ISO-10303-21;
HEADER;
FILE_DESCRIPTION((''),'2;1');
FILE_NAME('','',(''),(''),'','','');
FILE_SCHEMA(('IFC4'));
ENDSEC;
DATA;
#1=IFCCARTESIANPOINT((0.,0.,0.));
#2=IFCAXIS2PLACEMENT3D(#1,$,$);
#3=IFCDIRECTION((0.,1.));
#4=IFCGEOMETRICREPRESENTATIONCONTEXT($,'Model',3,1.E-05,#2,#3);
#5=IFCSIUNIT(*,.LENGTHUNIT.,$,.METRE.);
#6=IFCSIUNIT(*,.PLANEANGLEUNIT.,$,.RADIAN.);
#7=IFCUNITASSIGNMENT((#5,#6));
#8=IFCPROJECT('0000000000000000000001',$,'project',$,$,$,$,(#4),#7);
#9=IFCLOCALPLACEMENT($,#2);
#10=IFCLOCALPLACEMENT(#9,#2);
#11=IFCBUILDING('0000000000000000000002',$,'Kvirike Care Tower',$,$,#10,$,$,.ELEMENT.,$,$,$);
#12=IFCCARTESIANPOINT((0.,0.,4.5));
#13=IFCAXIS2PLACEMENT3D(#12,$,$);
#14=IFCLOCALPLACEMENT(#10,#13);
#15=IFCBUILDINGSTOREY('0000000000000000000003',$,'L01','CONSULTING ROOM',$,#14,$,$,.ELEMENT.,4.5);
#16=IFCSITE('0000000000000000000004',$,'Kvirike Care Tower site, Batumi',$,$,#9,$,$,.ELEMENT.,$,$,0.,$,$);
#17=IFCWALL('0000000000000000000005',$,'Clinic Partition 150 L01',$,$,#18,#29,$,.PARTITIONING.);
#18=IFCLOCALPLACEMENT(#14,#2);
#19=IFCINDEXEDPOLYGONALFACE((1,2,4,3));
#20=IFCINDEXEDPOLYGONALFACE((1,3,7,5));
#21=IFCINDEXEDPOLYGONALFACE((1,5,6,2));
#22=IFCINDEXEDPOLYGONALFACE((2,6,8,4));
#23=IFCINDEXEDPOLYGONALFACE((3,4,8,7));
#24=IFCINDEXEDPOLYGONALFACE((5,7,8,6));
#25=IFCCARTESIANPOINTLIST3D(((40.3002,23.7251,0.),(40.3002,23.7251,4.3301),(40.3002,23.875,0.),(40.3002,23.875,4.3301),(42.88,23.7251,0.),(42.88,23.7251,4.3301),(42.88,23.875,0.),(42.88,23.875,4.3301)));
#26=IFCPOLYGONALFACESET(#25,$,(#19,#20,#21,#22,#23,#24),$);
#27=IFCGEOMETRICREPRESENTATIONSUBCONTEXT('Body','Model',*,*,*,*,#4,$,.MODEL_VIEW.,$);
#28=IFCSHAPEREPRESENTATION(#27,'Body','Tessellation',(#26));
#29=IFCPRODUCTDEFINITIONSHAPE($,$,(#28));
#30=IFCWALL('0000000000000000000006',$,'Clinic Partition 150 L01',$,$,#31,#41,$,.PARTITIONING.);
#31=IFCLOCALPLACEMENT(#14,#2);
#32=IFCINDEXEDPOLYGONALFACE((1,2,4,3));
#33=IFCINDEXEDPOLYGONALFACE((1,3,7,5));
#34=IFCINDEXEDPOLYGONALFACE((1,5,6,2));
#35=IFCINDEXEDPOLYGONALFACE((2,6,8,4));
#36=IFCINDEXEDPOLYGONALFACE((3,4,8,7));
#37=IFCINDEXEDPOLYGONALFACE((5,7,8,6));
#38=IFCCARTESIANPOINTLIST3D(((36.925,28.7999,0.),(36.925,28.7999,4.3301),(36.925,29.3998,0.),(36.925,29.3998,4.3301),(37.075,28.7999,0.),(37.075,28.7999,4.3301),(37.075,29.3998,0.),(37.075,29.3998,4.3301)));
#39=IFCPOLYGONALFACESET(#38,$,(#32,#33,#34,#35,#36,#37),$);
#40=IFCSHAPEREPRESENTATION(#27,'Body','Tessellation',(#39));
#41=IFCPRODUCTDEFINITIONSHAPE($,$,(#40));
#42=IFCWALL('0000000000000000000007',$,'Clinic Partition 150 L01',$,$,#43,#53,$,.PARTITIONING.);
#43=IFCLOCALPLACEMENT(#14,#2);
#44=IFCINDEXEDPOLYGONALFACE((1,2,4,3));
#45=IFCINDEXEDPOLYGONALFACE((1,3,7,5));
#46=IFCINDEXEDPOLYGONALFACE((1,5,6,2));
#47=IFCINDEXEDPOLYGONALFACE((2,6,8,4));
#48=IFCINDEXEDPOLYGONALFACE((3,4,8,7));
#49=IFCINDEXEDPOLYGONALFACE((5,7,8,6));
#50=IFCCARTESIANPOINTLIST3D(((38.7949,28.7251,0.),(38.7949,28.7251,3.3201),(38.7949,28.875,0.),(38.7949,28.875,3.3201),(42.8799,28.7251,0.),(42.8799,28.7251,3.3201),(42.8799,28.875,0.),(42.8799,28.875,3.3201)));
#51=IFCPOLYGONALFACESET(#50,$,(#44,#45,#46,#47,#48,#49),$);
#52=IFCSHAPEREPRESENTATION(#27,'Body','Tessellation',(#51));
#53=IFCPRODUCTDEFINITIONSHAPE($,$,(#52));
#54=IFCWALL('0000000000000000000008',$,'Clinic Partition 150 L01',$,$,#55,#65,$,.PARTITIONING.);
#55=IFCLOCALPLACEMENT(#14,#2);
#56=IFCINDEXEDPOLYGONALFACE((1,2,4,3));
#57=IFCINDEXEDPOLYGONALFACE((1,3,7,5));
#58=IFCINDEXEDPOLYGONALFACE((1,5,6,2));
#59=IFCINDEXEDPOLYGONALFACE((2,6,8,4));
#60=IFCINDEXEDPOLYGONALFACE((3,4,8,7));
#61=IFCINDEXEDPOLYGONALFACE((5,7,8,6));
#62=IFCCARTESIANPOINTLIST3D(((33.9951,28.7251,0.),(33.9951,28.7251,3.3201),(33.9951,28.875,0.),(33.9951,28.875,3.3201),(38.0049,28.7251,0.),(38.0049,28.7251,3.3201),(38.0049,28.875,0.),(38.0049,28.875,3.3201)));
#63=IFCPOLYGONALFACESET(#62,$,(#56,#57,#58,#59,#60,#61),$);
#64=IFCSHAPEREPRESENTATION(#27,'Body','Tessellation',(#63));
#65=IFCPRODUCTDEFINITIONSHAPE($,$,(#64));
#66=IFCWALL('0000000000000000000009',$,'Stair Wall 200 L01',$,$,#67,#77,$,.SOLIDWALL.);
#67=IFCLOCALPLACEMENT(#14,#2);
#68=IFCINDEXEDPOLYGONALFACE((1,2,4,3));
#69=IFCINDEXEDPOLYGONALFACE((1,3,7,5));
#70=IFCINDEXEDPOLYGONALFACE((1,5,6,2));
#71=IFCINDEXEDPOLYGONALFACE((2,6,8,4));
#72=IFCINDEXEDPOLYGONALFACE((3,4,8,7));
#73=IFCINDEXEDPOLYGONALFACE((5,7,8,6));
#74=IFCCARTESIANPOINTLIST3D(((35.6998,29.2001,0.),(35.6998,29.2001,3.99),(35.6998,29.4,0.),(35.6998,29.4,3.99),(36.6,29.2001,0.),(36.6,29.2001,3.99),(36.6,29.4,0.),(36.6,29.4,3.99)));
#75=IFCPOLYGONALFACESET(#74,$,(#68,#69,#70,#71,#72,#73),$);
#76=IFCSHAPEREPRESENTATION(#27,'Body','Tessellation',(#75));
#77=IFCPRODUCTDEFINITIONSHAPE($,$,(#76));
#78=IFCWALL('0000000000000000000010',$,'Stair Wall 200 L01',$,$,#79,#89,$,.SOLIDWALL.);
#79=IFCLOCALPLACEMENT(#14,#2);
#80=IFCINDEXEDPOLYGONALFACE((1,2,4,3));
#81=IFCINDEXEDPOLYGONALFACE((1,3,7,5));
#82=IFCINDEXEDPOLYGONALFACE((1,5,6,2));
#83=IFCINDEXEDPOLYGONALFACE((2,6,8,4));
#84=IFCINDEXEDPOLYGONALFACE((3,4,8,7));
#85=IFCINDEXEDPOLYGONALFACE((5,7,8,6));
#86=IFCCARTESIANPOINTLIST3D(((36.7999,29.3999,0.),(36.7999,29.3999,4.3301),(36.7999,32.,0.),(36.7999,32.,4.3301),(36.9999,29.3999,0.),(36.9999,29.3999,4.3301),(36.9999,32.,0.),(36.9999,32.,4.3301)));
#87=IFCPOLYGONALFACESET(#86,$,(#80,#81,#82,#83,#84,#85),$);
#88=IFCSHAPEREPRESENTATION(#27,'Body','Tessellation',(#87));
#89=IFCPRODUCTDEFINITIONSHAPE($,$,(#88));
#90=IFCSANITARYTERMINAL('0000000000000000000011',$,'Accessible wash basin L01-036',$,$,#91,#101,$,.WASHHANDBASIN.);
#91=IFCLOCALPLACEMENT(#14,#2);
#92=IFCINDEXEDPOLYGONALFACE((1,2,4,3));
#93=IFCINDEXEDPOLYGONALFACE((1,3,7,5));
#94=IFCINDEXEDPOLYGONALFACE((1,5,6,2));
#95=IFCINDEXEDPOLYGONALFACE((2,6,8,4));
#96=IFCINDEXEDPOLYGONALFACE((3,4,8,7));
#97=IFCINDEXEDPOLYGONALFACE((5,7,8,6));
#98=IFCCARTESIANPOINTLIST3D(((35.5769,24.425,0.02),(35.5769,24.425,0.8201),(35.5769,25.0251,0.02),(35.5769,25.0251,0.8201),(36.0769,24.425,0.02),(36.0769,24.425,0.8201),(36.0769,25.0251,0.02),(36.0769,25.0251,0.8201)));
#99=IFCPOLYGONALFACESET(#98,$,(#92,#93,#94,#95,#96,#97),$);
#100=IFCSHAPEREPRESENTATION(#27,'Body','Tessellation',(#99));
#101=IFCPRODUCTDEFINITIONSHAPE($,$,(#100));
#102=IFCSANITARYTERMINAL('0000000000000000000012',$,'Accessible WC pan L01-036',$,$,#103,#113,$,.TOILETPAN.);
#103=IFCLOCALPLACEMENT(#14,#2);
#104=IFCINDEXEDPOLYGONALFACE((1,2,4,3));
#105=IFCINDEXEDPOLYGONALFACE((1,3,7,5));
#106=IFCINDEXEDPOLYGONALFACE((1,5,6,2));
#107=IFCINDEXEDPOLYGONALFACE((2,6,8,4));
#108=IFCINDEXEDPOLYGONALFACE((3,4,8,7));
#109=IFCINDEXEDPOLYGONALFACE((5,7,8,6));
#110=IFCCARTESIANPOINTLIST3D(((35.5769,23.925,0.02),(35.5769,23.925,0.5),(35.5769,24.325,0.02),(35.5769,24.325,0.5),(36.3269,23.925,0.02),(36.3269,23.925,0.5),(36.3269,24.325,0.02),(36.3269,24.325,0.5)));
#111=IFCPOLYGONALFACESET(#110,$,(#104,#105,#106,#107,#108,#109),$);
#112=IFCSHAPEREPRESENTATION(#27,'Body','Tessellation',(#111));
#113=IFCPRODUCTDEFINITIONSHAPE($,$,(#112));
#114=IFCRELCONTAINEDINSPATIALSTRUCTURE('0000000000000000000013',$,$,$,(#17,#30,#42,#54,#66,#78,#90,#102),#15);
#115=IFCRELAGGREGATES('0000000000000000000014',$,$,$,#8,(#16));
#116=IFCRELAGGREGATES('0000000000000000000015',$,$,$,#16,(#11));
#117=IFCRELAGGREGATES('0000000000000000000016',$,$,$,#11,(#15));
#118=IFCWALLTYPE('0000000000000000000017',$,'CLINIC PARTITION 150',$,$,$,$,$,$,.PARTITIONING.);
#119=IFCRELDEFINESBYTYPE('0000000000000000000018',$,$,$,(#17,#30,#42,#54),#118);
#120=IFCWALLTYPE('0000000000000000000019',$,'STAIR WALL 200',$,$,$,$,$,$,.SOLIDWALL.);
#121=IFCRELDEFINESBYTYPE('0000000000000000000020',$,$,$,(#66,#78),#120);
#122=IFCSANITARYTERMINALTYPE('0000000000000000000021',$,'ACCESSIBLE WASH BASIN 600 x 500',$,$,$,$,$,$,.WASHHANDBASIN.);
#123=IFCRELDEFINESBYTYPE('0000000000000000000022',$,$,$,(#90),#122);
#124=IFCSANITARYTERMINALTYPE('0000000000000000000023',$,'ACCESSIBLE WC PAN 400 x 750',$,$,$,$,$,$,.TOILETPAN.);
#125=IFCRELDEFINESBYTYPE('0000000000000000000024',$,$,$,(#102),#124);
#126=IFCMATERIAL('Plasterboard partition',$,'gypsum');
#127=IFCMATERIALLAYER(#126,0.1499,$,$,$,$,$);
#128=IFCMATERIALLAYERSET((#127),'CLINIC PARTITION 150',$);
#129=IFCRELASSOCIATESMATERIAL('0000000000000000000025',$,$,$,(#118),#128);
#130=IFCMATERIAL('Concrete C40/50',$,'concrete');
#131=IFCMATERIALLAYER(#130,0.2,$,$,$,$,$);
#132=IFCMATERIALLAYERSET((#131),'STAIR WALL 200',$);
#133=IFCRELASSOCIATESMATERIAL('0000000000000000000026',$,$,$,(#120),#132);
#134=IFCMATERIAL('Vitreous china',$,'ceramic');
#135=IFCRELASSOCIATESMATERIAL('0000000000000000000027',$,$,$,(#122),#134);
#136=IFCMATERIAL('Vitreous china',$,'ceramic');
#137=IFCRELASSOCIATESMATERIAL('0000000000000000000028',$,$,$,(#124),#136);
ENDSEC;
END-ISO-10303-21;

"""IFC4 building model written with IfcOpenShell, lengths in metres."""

from ifc_helpers import new_model, si_unit, direction, frame, frame_2d, origin, origin_2d, place, context, subcontext, project, spatial, rectangle, extrude, material, layer, layer_set, type_object, element, save


model = new_model("IFC4")

# Units and contexts
model_context = context("Model", 3, precision=1e-05, world=origin(), true_north=direction((0.0, 1.0)))
body_context = subcontext(model_context, "Body", "Model", "MODEL_VIEW")
ifc_project = project(units=[si_unit("LENGTHUNIT", "METRE"), si_unit("PLANEANGLEUNIT", "RADIAN")], contexts=[model_context])

# Site, building, storey
site_placement = place(None, origin())
site = spatial("IfcSite", under=ifc_project, at=site_placement, Name="Kvirike Care Tower site, Batumi", CompositionType="ELEMENT", RefElevation=0.0)
building_placement = place(site_placement, origin())
building = spatial("IfcBuilding", under=site, at=building_placement, Name="Kvirike Care Tower", CompositionType="ELEMENT")
storey_placement = place(building_placement, frame((0.0, 0.0, 4.5)))
storey = spatial("IfcBuildingStorey", under=building, at=storey_placement, Name="L01", Description="CONSULTING ROOM", CompositionType="ELEMENT", Elevation=4.5)

# Walls
ifc_material_1 = material(Name="Plasterboard partition", Category="gypsum")
ifc_layer_1 = layer(ifc_material_1, 0.1499)
ifc_layer_set_1 = layer_set([ifc_layer_1], Name="CLINIC PARTITION 150")
wall_type_1 = type_object("IfcWallType", Name="CLINIC PARTITION 150", PredefinedType="PARTITIONING", material=ifc_layer_set_1)
wall_1_placement = place(storey_placement, frame((40.3, 23.8, 0.0), z_axis=(0.0, 0.0, 1.0), x_axis=(1.0, 0.0, 0.0)))
element("IfcWall", 1, at=wall_1_placement, inside=storey, type_object=wall_type_1, Name="Clinic Partition 150 L01", PredefinedType="PARTITIONING", context=body_context, shape_type="SweptSolid", body=[
    extrude(rectangle(XDim=2.5798, YDim=0.1499, at=frame_2d((1.29, 0.0))), origin(), (0.0, 0.0, 1.0), 4.3301),
])
wall_2_placement = place(storey_placement, frame((37.0, 28.8, 0.0), z_axis=(0.0, 0.0, 1.0), x_axis=(0.0, 1.0, 0.0)))
element("IfcWall", 2, at=wall_2_placement, inside=storey, type_object=wall_type_1, Name="Clinic Partition 150 L01", PredefinedType="PARTITIONING", context=body_context, shape_type="SweptSolid", body=[
    extrude(rectangle(XDim=0.5999, YDim=0.1499, at=frame_2d((0.2998, 0.0))), origin(), (0.0, 0.0, 1.0), 4.3301),
])
wall_3_placement = place(storey_placement, frame((42.8799, 28.8, 0.0), z_axis=(0.0, 0.0, 1.0), x_axis=(-1.0, 0.0, 0.0)))
element("IfcWall", 3, at=wall_3_placement, inside=storey, type_object=wall_type_1, Name="Clinic Partition 150 L01", PredefinedType="PARTITIONING", context=body_context, shape_type="SweptSolid", body=[
    extrude(rectangle(XDim=4.085, YDim=0.1499, at=frame_2d((2.0425, 0.0))), origin(), (0.0, 0.0, 1.0), 3.3201),
])
wall_4_placement = place(storey_placement, frame((38.0049, 28.8, 0.0), z_axis=(0.0, 0.0, 1.0), x_axis=(-1.0, 0.0, 0.0)))
element("IfcWall", 4, at=wall_4_placement, inside=storey, type_object=wall_type_1, Name="Clinic Partition 150 L01", PredefinedType="PARTITIONING", context=body_context, shape_type="SweptSolid", body=[
    extrude(rectangle(XDim=4.0098, YDim=0.1499, at=frame_2d((2.0049, 0.0))), origin(), (0.0, 0.0, 1.0), 3.3201),
])
ifc_material_2 = material(Name="Concrete C40/50", Category="concrete")
ifc_layer_2 = layer(ifc_material_2, 0.2)
ifc_layer_set_2 = layer_set([ifc_layer_2], Name="STAIR WALL 200")
wall_type_2 = type_object("IfcWallType", Name="STAIR WALL 200", PredefinedType="SOLIDWALL", material=ifc_layer_set_2)
wall_5_placement = place(storey_placement, frame((36.6001, 29.3, 0.0), z_axis=(0.0, 0.0, 1.0), x_axis=(-1.0, 0.0, 0.0)))
element("IfcWall", 5, at=wall_5_placement, inside=storey, type_object=wall_type_2, Name="Stair Wall 200 L01", PredefinedType="SOLIDWALL", context=body_context, shape_type="SweptSolid", body=[
    extrude(rectangle(XDim=0.9001, YDim=0.2, at=frame_2d((0.4502, 0.0))), origin(), (0.0, 0.0, 1.0), 3.99),
])
wall_6_placement = place(storey_placement, frame((36.8999, 29.3999, 0.0), z_axis=(0.0, 0.0, 1.0), x_axis=(0.0, 1.0, 0.0)))
element("IfcWall", 6, at=wall_6_placement, inside=storey, type_object=wall_type_2, Name="Stair Wall 200 L01", PredefinedType="SOLIDWALL", context=body_context, shape_type="SweptSolid", body=[
    extrude(rectangle(XDim=2.6001, YDim=0.2, at=frame_2d((1.3, 0.0))), origin(), (0.0, 0.0, 1.0), 4.3301),
])

# Sanitary terminals
ifc_material_3 = material(Name="Vitreous china", Category="ceramic")
sanitary_terminal_type_1 = type_object("IfcSanitaryTerminalType", Name="ACCESSIBLE WASH BASIN 600 x 500", PredefinedType="WASHHANDBASIN", material=ifc_material_3)
sanitary_terminal_1_placement = place(storey_placement, frame((35.8269, 24.7251, 0.02), z_axis=(0.0, 0.0, 1.0), x_axis=(0.0, 1.0, 0.0)))
element("IfcSanitaryTerminal", 7, at=sanitary_terminal_1_placement, inside=storey, type_object=sanitary_terminal_type_1, Name="Accessible wash basin L01-036", PredefinedType="WASHHANDBASIN", context=body_context, shape_type="SweptSolid", body=[
    extrude(rectangle(XDim=0.6001, YDim=0.5, at=origin_2d()), origin(), (0.0, 0.0, 1.0), 0.8),
])
ifc_material_4 = material(Name="Vitreous china", Category="ceramic")
sanitary_terminal_type_2 = type_object("IfcSanitaryTerminalType", Name="ACCESSIBLE WC PAN 400 x 750", PredefinedType="TOILETPAN", material=ifc_material_4)
sanitary_terminal_2_placement = place(storey_placement, frame((35.9519, 24.125, 0.02), z_axis=(0.0, 0.0, 1.0), x_axis=(0.0, 1.0, 0.0)))
element("IfcSanitaryTerminal", 8, at=sanitary_terminal_2_placement, inside=storey, type_object=sanitary_terminal_type_2, Name="Accessible WC pan L01-036", PredefinedType="TOILETPAN", context=body_context, shape_type="SweptSolid", body=[
    extrude(rectangle(XDim=0.3999, YDim=0.75, at=origin_2d()), origin(), (0.0, 0.0, 1.0), 0.48),
])

save(model, "model.ifc")
